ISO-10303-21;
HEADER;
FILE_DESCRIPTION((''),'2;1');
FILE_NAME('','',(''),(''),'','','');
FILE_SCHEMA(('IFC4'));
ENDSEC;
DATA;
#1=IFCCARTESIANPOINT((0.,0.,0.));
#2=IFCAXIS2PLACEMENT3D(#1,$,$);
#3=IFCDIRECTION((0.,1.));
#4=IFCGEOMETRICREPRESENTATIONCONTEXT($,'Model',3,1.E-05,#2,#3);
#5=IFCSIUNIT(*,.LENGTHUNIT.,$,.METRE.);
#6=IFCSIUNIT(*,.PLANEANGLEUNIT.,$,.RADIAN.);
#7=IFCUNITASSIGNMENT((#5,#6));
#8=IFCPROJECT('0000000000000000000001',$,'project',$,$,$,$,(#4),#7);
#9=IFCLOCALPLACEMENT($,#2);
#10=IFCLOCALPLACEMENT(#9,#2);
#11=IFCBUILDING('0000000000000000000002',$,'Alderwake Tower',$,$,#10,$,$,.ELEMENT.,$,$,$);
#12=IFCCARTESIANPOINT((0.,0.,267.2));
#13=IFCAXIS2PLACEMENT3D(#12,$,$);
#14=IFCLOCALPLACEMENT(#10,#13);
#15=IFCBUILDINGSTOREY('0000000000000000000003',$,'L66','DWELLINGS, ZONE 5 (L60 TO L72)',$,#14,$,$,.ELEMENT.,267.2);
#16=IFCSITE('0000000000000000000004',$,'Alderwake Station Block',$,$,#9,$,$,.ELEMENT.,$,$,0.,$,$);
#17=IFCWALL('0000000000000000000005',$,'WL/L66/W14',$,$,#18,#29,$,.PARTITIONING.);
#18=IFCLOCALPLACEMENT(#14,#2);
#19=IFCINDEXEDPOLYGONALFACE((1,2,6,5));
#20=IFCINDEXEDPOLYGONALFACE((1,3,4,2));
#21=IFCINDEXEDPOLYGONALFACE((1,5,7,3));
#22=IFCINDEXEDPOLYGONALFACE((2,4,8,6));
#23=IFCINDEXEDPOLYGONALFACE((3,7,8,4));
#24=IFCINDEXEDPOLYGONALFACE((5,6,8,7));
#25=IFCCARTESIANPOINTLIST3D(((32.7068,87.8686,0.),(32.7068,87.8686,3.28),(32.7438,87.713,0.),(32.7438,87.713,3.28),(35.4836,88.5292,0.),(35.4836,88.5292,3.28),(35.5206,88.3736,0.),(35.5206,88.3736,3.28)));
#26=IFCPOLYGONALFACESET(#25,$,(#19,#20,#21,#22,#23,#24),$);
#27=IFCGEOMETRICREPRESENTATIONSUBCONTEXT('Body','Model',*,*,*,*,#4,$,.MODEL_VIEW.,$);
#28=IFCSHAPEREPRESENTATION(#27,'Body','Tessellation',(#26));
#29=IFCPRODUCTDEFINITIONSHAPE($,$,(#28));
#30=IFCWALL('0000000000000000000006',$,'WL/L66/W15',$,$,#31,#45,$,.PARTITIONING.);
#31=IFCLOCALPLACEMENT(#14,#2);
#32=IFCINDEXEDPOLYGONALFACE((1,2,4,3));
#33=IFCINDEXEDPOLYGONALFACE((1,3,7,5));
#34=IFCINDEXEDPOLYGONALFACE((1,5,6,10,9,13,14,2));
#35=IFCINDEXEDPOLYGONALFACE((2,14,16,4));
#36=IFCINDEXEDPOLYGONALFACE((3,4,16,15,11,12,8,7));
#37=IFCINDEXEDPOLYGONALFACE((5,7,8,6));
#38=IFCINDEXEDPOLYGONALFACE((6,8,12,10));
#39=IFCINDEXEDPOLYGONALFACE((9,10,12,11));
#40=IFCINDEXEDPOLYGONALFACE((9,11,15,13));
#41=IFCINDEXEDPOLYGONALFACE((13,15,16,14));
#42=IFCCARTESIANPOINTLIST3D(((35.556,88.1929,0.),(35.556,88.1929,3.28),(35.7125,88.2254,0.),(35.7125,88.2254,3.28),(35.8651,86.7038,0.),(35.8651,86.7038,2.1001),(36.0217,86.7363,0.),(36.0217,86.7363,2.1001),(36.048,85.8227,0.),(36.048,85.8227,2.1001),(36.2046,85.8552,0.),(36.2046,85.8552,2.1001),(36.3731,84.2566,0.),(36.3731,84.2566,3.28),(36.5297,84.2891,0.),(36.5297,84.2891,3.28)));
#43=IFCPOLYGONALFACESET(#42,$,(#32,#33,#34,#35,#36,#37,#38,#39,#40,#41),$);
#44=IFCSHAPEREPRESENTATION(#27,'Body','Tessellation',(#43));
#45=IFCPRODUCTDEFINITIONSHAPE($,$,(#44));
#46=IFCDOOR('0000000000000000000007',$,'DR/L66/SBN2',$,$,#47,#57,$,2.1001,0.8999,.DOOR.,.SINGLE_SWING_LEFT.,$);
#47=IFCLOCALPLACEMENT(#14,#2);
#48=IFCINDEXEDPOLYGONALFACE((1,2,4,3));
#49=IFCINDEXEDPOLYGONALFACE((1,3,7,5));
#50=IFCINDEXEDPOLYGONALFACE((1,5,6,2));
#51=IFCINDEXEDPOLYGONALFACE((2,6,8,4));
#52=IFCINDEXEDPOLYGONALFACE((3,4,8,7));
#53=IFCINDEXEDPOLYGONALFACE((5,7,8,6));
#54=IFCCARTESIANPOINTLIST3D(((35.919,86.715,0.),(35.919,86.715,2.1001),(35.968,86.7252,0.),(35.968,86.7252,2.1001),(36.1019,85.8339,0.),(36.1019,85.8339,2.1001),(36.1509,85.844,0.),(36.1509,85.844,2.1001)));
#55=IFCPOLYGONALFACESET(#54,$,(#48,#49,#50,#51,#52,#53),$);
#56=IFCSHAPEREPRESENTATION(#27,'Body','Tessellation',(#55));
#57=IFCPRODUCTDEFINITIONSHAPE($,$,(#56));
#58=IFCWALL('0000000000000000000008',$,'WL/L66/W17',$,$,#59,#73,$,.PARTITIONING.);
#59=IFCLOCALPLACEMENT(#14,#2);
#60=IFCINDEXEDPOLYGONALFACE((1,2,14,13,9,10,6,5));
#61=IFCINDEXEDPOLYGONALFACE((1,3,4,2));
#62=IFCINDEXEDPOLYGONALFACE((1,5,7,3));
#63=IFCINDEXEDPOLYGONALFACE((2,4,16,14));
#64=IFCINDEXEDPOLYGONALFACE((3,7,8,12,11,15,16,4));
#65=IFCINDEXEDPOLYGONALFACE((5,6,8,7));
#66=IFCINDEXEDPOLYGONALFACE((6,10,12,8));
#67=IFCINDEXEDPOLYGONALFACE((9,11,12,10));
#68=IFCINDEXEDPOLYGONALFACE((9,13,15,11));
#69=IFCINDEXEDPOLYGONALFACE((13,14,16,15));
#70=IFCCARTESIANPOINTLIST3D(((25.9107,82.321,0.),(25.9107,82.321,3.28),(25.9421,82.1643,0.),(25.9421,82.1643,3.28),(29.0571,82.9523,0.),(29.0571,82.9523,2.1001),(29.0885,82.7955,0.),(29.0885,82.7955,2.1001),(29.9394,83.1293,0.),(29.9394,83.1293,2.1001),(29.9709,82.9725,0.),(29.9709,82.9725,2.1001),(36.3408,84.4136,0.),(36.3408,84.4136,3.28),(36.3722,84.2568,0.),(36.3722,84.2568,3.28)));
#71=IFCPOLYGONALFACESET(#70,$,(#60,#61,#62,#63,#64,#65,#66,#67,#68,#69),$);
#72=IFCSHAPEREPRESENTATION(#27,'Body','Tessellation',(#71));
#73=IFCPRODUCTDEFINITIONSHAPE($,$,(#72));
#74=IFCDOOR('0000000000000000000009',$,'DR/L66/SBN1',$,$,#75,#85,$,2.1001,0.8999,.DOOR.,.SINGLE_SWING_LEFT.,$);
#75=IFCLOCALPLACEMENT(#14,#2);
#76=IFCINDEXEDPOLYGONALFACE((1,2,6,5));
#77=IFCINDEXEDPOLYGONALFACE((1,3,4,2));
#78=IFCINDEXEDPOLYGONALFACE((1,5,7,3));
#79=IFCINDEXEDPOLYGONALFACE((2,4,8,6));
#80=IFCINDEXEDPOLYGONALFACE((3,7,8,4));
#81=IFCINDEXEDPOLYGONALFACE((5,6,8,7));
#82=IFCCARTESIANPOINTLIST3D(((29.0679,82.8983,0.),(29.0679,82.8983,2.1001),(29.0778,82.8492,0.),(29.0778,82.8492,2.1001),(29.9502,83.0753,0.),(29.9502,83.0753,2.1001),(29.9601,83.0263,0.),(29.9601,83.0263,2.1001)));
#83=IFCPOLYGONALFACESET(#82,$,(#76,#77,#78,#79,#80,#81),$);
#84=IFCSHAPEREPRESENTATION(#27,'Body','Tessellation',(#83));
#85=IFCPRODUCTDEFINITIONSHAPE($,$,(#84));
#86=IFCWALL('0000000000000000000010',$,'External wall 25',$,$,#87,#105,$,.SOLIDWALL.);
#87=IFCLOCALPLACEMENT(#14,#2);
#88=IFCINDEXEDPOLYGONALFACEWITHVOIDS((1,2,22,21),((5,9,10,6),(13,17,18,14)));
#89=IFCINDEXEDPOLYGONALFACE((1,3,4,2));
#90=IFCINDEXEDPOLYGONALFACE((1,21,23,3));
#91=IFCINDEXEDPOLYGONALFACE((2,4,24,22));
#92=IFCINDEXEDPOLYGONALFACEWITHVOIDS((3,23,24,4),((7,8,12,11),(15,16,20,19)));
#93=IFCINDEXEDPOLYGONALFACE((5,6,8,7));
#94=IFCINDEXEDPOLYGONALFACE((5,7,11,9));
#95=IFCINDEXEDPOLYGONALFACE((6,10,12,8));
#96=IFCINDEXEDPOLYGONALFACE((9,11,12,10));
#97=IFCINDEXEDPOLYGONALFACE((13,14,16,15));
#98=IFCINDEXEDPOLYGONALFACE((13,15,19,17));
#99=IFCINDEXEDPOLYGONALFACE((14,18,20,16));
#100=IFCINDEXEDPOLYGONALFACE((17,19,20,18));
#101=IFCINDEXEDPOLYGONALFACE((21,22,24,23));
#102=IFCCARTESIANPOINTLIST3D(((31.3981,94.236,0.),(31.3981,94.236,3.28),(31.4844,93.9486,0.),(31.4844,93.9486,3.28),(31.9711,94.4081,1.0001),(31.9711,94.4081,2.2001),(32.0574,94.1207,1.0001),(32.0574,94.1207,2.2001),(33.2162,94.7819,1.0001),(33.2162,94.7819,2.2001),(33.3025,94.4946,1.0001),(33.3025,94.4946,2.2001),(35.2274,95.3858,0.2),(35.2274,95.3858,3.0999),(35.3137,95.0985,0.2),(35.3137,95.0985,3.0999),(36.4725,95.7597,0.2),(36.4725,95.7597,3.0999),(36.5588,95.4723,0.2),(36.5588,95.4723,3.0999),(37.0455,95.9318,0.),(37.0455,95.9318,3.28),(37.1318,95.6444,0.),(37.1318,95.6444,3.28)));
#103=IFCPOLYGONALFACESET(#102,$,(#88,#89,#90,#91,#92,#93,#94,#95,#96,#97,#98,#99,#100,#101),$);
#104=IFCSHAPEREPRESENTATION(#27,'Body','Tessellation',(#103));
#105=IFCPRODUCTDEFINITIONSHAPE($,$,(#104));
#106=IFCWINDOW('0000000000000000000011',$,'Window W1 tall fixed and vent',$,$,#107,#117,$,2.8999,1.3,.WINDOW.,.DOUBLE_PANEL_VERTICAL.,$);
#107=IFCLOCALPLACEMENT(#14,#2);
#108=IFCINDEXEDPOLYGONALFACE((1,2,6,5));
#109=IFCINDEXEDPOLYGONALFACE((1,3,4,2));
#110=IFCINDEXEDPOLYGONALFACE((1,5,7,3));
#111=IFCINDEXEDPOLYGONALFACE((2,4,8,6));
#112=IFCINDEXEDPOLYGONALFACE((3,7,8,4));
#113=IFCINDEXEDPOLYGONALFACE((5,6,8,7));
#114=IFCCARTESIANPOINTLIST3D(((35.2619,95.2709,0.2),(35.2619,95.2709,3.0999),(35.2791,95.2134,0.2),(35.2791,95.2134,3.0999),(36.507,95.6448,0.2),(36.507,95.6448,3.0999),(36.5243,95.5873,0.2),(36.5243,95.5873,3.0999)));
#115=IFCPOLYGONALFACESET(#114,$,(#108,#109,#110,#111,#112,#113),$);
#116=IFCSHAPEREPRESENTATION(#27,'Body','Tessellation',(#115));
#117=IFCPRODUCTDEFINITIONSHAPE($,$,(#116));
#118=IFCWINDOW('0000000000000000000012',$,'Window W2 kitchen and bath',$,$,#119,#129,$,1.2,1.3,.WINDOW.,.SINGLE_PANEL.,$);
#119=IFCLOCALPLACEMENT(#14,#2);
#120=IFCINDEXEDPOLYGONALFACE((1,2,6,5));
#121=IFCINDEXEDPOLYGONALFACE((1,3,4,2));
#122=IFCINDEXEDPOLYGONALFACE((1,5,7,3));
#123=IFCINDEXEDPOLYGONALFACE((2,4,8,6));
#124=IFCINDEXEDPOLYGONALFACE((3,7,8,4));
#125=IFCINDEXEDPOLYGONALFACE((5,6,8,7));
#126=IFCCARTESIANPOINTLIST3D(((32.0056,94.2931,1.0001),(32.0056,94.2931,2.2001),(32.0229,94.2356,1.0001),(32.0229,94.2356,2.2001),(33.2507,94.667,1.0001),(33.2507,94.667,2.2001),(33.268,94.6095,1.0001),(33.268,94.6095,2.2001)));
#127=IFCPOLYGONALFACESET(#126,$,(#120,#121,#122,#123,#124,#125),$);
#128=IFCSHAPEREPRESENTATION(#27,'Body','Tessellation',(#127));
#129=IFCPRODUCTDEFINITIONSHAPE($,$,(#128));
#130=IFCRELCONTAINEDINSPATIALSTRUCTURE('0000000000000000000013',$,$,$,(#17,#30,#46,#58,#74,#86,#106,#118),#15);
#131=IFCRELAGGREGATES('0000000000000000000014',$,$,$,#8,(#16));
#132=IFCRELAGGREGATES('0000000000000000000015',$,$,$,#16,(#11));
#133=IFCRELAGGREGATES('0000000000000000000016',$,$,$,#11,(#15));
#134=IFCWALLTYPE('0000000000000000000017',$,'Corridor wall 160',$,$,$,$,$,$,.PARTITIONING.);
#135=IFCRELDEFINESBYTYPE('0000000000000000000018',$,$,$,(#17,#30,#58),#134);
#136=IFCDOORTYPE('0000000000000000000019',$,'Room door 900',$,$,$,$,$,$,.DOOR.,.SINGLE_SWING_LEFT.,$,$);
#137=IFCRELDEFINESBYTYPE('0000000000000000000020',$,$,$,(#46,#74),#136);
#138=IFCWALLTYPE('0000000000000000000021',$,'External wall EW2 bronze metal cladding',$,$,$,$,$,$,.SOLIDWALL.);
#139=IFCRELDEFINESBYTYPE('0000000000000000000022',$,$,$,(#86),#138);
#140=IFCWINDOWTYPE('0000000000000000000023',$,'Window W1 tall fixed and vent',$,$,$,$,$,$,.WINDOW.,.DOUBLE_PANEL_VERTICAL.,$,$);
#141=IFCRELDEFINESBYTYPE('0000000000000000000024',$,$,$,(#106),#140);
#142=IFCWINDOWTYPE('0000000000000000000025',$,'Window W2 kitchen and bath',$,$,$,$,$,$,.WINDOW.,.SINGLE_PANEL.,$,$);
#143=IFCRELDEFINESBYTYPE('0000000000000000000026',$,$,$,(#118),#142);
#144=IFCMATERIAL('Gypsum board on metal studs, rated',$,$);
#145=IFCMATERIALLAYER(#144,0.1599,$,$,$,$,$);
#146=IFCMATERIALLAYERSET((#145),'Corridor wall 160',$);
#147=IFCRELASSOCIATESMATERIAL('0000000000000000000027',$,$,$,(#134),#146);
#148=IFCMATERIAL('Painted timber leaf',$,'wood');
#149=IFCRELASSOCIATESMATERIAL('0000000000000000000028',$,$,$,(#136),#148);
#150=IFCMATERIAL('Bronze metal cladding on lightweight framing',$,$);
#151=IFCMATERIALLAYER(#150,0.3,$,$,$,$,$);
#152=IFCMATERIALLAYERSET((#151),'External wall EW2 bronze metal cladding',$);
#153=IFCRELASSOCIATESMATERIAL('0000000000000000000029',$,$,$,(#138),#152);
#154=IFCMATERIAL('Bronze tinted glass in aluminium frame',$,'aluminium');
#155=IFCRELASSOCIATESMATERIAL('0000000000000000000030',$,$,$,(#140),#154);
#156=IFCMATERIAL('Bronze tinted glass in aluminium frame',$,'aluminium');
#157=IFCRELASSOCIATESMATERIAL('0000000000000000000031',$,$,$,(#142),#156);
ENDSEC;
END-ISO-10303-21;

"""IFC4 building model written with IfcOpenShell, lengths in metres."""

from ifc_helpers import new_model, si_unit, direction, frame, frame_2d, origin, place, context, subcontext, project, spatial, rectangle, extrude, material, layer, layer_set, type_object, element, fill, save


model = new_model("IFC4")

# Units and contexts
model_context = context("Model", 3, precision=1e-05, world=origin(), true_north=direction((0.0, 1.0)))
body_context = subcontext(model_context, "Body", "Model", "MODEL_VIEW")
ifc_project = project(units=[si_unit("LENGTHUNIT", "METRE"), si_unit("PLANEANGLEUNIT", "RADIAN")], contexts=[model_context])

# Site, building, storey
site_placement = place(None, origin())
site = spatial("IfcSite", under=ifc_project, at=site_placement, Name="Alderwake Station Block", CompositionType="ELEMENT", RefElevation=0.0)
building_placement = place(site_placement, origin())
building = spatial("IfcBuilding", under=site, at=building_placement, Name="Alderwake Tower", CompositionType="ELEMENT")
storey_placement = place(building_placement, frame((0.0, 0.0, 267.2)))
storey = spatial("IfcBuildingStorey", under=building, at=storey_placement, Name="L66", Description="DWELLINGS, ZONE 5 (L60 TO L72)", CompositionType="ELEMENT", Elevation=267.2)

# Shared definitions
ifc_material_1 = material(Name="Gypsum board on metal studs, rated")
ifc_layer_1 = layer(ifc_material_1, 0.1599)
ifc_layer_set_1 = layer_set([ifc_layer_1], Name="Corridor wall 160")
wall_type_1 = type_object("IfcWallType", Name="Corridor wall 160", PredefinedType="PARTITIONING", material=ifc_layer_set_1)

# Wall
wall_1_placement = place(storey_placement, frame((35.5022, 88.4514, 0.0), z_axis=(0.0, 0.0, 1.0), x_axis=(-0.972847, -0.231451, 0.0)))
element("IfcWall", 1, at=wall_1_placement, inside=storey, type_object=wall_type_1, Name="WL/L66/W14", PredefinedType="PARTITIONING", context=body_context, shape_type="SweptSolid", body=[
    extrude(rectangle(XDim=2.8542, YDim=0.1599, at=frame_2d((1.4272, 0.0))), origin(), (0.0, 0.0, 1.0), 3.28),
])

# Walls, openings, doors
wall_2_placement = place(storey_placement, frame((36.4514, 84.2727, 0.0), z_axis=(0.0, 0.0, 1.0), x_axis=(-0.203258, 0.979125, 0.0)))
wall_2 = element("IfcWall", 2, at=wall_2_placement, inside=storey, type_object=wall_type_1, Name="WL/L66/W15", PredefinedType="PARTITIONING", context=body_context, shape_type="SweptSolid", body=[
    extrude(rectangle(XDim=4.0203, YDim=0.1599, at=frame_2d((2.0103, 0.0))), origin(), (0.0, 0.0, 1.0), 3.28),
])
opening_1_placement = place(wall_2_placement, frame((1.5996, 0.0, 0.0)))
opening_1 = element("IfcOpeningElement", 3, at=opening_1_placement, cuts=wall_2, PredefinedType="OPENING", context=body_context, shape_type="SweptSolid", body=[
    extrude(rectangle(XDim=0.8999, YDim=2.1001, at=frame_2d((0.45, 1.05))), frame((0.0, 0.0898, 0.0), z_axis=(0.0, -1.0, 0.0), x_axis=(1.0, 0.0, 0.0)), (0.0, 0.0, 1.0), 0.1799),
])
ifc_material_2 = material(Name="Painted timber leaf", Category="wood")
door_type_1 = type_object("IfcDoorType", Name="Room door 900", OperationType="SINGLE_SWING_LEFT", PredefinedType="DOOR", material=ifc_material_2)
door_1_placement = place(opening_1_placement, origin())
door_1 = element("IfcDoor", 4, at=door_1_placement, inside=storey, type_object=door_type_1, Name="DR/L66/SBN2", OperationType="SINGLE_SWING_LEFT", OverallHeight=2.1001, OverallWidth=0.8999, PredefinedType="DOOR", context=body_context, shape_type="SweptSolid", body=[
    extrude(rectangle(XDim=0.8999, YDim=2.1001, at=frame_2d((0.45, 1.05))), frame((0.0, 0.0249, 0.0), z_axis=(0.0, -1.0, 0.0), x_axis=(1.0, 0.0, 0.0)), (0.0, 0.0, 1.0), 0.05),
])
fill(opening_1, door_1)
wall_3_placement = place(storey_placement, frame((25.9265, 82.2427, 0.0), z_axis=(0.0, 0.0, 1.0), x_axis=(0.980463, 0.196703, 0.0)))
wall_3 = element("IfcWall", 5, at=wall_3_placement, inside=storey, type_object=wall_type_1, Name="WL/L66/W17", PredefinedType="PARTITIONING", context=body_context, shape_type="SweptSolid", body=[
    extrude(rectangle(XDim=10.6379, YDim=0.1599, at=frame_2d((5.3188, 0.0))), origin(), (0.0, 0.0, 1.0), 3.28),
])
opening_2_placement = place(wall_3_placement, frame((3.209, 0.0, 0.0)))
opening_2 = element("IfcOpeningElement", 6, at=opening_2_placement, cuts=wall_3, PredefinedType="OPENING", context=body_context, shape_type="SweptSolid", body=[
    extrude(rectangle(XDim=0.8999, YDim=2.1001, at=frame_2d((0.45, 1.05))), frame((0.0, 0.0898, 0.0), z_axis=(0.0, -1.0, 0.0), x_axis=(1.0, 0.0, 0.0)), (0.0, 0.0, 1.0), 0.1799),
])
door_2_placement = place(opening_2_placement, origin())
door_2 = element("IfcDoor", 7, at=door_2_placement, inside=storey, type_object=door_type_1, Name="DR/L66/SBN1", OperationType="SINGLE_SWING_LEFT", OverallHeight=2.1001, OverallWidth=0.8999, PredefinedType="DOOR", context=body_context, shape_type="SweptSolid", body=[
    extrude(rectangle(XDim=0.8999, YDim=2.1001, at=frame_2d((0.45, 1.05))), frame((0.0, 0.0249, 0.0), z_axis=(0.0, -1.0, 0.0), x_axis=(1.0, 0.0, 0.0)), (0.0, 0.0, 1.0), 0.05),
])
fill(opening_2, door_2)

# Wall, openings, windows
ifc_material_3 = material(Name="Bronze metal cladding on lightweight framing")
ifc_layer_2 = layer(ifc_material_3, 0.3)
ifc_layer_set_2 = layer_set([ifc_layer_2], Name="External wall EW2 bronze metal cladding")
wall_type_2 = type_object("IfcWallType", Name="External wall EW2 bronze metal cladding", PredefinedType="SOLIDWALL", material=ifc_layer_set_2)
wall_4_placement = place(storey_placement, frame((37.0886, 95.7881, 0.0), z_axis=(0.0, 0.0, 1.0), x_axis=(-0.957753, -0.287591, 0.0)))
wall_4 = element("IfcWall", 8, at=wall_4_placement, inside=storey, type_object=wall_type_2, Name="External wall 25", PredefinedType="SOLIDWALL", context=body_context, shape_type="SweptSolid", body=[
    extrude(rectangle(XDim=5.8965, YDim=0.3, at=frame_2d((2.9482, 0.0))), origin(), (0.0, 0.0, 1.0), 3.28),
])
opening_3_placement = place(wall_4_placement, frame((0.5984, 0.0, 0.2)))
opening_3 = element("IfcOpeningElement", 9, at=opening_3_placement, cuts=wall_4, PredefinedType="OPENING", context=body_context, shape_type="SweptSolid", body=[
    extrude(rectangle(XDim=1.3, YDim=2.8999, at=frame_2d((0.6499, 1.45))), frame((0.0, 0.1599, 0.0), z_axis=(0.0, -1.0, 0.0), x_axis=(1.0, 0.0, 0.0)), (0.0, 0.0, 1.0), 0.3201),
])
opening_4_placement = place(wall_4_placement, frame((3.9983, 0.0, 1.0)))
opening_4 = element("IfcOpeningElement", 10, at=opening_4_placement, cuts=wall_4, PredefinedType="OPENING", context=body_context, shape_type="SweptSolid", body=[
    extrude(rectangle(XDim=1.3, YDim=1.2, at=frame_2d((0.6499, 0.6001))), frame((0.0, 0.1599, 0.0), z_axis=(0.0, -1.0, 0.0), x_axis=(1.0, 0.0, 0.0)), (0.0, 0.0, 1.0), 0.3201),
])
ifc_material_4 = material(Name="Bronze tinted glass in aluminium frame", Category="aluminium")
window_type_1 = type_object("IfcWindowType", Name="Window W1 tall fixed and vent", PartitioningType="DOUBLE_PANEL_VERTICAL", PredefinedType="WINDOW", material=ifc_material_4)
window_1_placement = place(opening_3_placement, origin())
window_1 = element("IfcWindow", 11, at=window_1_placement, inside=storey, type_object=window_type_1, Name="Window W1 tall fixed and vent", OverallHeight=2.8999, OverallWidth=1.3, PartitioningType="DOUBLE_PANEL_VERTICAL", PredefinedType="WINDOW", context=body_context, shape_type="SweptSolid", body=[
    extrude(rectangle(XDim=1.3, YDim=2.8999, at=frame_2d((0.6499, 1.45))), frame((0.0, 0.03, 0.0), z_axis=(0.0, -1.0, 0.0), x_axis=(1.0, 0.0, 0.0)), (0.0, 0.0, 1.0), 0.0601),
])
fill(opening_3, window_1)
ifc_material_5 = material(Name="Bronze tinted glass in aluminium frame", Category="aluminium")
window_type_2 = type_object("IfcWindowType", Name="Window W2 kitchen and bath", PartitioningType="SINGLE_PANEL", PredefinedType="WINDOW", material=ifc_material_5)
window_2_placement = place(opening_4_placement, origin())
window_2 = element("IfcWindow", 12, at=window_2_placement, inside=storey, type_object=window_type_2, Name="Window W2 kitchen and bath", OverallHeight=1.2, OverallWidth=1.3, PartitioningType="SINGLE_PANEL", PredefinedType="WINDOW", context=body_context, shape_type="SweptSolid", body=[
    extrude(rectangle(XDim=1.3, YDim=1.2, at=frame_2d((0.6499, 0.6001))), frame((0.0, 0.03, 0.0), z_axis=(0.0, -1.0, 0.0), x_axis=(1.0, 0.0, 0.0)), (0.0, 0.0, 1.0), 0.0601),
])
fill(opening_4, window_2)

save(model, "model.ifc")
